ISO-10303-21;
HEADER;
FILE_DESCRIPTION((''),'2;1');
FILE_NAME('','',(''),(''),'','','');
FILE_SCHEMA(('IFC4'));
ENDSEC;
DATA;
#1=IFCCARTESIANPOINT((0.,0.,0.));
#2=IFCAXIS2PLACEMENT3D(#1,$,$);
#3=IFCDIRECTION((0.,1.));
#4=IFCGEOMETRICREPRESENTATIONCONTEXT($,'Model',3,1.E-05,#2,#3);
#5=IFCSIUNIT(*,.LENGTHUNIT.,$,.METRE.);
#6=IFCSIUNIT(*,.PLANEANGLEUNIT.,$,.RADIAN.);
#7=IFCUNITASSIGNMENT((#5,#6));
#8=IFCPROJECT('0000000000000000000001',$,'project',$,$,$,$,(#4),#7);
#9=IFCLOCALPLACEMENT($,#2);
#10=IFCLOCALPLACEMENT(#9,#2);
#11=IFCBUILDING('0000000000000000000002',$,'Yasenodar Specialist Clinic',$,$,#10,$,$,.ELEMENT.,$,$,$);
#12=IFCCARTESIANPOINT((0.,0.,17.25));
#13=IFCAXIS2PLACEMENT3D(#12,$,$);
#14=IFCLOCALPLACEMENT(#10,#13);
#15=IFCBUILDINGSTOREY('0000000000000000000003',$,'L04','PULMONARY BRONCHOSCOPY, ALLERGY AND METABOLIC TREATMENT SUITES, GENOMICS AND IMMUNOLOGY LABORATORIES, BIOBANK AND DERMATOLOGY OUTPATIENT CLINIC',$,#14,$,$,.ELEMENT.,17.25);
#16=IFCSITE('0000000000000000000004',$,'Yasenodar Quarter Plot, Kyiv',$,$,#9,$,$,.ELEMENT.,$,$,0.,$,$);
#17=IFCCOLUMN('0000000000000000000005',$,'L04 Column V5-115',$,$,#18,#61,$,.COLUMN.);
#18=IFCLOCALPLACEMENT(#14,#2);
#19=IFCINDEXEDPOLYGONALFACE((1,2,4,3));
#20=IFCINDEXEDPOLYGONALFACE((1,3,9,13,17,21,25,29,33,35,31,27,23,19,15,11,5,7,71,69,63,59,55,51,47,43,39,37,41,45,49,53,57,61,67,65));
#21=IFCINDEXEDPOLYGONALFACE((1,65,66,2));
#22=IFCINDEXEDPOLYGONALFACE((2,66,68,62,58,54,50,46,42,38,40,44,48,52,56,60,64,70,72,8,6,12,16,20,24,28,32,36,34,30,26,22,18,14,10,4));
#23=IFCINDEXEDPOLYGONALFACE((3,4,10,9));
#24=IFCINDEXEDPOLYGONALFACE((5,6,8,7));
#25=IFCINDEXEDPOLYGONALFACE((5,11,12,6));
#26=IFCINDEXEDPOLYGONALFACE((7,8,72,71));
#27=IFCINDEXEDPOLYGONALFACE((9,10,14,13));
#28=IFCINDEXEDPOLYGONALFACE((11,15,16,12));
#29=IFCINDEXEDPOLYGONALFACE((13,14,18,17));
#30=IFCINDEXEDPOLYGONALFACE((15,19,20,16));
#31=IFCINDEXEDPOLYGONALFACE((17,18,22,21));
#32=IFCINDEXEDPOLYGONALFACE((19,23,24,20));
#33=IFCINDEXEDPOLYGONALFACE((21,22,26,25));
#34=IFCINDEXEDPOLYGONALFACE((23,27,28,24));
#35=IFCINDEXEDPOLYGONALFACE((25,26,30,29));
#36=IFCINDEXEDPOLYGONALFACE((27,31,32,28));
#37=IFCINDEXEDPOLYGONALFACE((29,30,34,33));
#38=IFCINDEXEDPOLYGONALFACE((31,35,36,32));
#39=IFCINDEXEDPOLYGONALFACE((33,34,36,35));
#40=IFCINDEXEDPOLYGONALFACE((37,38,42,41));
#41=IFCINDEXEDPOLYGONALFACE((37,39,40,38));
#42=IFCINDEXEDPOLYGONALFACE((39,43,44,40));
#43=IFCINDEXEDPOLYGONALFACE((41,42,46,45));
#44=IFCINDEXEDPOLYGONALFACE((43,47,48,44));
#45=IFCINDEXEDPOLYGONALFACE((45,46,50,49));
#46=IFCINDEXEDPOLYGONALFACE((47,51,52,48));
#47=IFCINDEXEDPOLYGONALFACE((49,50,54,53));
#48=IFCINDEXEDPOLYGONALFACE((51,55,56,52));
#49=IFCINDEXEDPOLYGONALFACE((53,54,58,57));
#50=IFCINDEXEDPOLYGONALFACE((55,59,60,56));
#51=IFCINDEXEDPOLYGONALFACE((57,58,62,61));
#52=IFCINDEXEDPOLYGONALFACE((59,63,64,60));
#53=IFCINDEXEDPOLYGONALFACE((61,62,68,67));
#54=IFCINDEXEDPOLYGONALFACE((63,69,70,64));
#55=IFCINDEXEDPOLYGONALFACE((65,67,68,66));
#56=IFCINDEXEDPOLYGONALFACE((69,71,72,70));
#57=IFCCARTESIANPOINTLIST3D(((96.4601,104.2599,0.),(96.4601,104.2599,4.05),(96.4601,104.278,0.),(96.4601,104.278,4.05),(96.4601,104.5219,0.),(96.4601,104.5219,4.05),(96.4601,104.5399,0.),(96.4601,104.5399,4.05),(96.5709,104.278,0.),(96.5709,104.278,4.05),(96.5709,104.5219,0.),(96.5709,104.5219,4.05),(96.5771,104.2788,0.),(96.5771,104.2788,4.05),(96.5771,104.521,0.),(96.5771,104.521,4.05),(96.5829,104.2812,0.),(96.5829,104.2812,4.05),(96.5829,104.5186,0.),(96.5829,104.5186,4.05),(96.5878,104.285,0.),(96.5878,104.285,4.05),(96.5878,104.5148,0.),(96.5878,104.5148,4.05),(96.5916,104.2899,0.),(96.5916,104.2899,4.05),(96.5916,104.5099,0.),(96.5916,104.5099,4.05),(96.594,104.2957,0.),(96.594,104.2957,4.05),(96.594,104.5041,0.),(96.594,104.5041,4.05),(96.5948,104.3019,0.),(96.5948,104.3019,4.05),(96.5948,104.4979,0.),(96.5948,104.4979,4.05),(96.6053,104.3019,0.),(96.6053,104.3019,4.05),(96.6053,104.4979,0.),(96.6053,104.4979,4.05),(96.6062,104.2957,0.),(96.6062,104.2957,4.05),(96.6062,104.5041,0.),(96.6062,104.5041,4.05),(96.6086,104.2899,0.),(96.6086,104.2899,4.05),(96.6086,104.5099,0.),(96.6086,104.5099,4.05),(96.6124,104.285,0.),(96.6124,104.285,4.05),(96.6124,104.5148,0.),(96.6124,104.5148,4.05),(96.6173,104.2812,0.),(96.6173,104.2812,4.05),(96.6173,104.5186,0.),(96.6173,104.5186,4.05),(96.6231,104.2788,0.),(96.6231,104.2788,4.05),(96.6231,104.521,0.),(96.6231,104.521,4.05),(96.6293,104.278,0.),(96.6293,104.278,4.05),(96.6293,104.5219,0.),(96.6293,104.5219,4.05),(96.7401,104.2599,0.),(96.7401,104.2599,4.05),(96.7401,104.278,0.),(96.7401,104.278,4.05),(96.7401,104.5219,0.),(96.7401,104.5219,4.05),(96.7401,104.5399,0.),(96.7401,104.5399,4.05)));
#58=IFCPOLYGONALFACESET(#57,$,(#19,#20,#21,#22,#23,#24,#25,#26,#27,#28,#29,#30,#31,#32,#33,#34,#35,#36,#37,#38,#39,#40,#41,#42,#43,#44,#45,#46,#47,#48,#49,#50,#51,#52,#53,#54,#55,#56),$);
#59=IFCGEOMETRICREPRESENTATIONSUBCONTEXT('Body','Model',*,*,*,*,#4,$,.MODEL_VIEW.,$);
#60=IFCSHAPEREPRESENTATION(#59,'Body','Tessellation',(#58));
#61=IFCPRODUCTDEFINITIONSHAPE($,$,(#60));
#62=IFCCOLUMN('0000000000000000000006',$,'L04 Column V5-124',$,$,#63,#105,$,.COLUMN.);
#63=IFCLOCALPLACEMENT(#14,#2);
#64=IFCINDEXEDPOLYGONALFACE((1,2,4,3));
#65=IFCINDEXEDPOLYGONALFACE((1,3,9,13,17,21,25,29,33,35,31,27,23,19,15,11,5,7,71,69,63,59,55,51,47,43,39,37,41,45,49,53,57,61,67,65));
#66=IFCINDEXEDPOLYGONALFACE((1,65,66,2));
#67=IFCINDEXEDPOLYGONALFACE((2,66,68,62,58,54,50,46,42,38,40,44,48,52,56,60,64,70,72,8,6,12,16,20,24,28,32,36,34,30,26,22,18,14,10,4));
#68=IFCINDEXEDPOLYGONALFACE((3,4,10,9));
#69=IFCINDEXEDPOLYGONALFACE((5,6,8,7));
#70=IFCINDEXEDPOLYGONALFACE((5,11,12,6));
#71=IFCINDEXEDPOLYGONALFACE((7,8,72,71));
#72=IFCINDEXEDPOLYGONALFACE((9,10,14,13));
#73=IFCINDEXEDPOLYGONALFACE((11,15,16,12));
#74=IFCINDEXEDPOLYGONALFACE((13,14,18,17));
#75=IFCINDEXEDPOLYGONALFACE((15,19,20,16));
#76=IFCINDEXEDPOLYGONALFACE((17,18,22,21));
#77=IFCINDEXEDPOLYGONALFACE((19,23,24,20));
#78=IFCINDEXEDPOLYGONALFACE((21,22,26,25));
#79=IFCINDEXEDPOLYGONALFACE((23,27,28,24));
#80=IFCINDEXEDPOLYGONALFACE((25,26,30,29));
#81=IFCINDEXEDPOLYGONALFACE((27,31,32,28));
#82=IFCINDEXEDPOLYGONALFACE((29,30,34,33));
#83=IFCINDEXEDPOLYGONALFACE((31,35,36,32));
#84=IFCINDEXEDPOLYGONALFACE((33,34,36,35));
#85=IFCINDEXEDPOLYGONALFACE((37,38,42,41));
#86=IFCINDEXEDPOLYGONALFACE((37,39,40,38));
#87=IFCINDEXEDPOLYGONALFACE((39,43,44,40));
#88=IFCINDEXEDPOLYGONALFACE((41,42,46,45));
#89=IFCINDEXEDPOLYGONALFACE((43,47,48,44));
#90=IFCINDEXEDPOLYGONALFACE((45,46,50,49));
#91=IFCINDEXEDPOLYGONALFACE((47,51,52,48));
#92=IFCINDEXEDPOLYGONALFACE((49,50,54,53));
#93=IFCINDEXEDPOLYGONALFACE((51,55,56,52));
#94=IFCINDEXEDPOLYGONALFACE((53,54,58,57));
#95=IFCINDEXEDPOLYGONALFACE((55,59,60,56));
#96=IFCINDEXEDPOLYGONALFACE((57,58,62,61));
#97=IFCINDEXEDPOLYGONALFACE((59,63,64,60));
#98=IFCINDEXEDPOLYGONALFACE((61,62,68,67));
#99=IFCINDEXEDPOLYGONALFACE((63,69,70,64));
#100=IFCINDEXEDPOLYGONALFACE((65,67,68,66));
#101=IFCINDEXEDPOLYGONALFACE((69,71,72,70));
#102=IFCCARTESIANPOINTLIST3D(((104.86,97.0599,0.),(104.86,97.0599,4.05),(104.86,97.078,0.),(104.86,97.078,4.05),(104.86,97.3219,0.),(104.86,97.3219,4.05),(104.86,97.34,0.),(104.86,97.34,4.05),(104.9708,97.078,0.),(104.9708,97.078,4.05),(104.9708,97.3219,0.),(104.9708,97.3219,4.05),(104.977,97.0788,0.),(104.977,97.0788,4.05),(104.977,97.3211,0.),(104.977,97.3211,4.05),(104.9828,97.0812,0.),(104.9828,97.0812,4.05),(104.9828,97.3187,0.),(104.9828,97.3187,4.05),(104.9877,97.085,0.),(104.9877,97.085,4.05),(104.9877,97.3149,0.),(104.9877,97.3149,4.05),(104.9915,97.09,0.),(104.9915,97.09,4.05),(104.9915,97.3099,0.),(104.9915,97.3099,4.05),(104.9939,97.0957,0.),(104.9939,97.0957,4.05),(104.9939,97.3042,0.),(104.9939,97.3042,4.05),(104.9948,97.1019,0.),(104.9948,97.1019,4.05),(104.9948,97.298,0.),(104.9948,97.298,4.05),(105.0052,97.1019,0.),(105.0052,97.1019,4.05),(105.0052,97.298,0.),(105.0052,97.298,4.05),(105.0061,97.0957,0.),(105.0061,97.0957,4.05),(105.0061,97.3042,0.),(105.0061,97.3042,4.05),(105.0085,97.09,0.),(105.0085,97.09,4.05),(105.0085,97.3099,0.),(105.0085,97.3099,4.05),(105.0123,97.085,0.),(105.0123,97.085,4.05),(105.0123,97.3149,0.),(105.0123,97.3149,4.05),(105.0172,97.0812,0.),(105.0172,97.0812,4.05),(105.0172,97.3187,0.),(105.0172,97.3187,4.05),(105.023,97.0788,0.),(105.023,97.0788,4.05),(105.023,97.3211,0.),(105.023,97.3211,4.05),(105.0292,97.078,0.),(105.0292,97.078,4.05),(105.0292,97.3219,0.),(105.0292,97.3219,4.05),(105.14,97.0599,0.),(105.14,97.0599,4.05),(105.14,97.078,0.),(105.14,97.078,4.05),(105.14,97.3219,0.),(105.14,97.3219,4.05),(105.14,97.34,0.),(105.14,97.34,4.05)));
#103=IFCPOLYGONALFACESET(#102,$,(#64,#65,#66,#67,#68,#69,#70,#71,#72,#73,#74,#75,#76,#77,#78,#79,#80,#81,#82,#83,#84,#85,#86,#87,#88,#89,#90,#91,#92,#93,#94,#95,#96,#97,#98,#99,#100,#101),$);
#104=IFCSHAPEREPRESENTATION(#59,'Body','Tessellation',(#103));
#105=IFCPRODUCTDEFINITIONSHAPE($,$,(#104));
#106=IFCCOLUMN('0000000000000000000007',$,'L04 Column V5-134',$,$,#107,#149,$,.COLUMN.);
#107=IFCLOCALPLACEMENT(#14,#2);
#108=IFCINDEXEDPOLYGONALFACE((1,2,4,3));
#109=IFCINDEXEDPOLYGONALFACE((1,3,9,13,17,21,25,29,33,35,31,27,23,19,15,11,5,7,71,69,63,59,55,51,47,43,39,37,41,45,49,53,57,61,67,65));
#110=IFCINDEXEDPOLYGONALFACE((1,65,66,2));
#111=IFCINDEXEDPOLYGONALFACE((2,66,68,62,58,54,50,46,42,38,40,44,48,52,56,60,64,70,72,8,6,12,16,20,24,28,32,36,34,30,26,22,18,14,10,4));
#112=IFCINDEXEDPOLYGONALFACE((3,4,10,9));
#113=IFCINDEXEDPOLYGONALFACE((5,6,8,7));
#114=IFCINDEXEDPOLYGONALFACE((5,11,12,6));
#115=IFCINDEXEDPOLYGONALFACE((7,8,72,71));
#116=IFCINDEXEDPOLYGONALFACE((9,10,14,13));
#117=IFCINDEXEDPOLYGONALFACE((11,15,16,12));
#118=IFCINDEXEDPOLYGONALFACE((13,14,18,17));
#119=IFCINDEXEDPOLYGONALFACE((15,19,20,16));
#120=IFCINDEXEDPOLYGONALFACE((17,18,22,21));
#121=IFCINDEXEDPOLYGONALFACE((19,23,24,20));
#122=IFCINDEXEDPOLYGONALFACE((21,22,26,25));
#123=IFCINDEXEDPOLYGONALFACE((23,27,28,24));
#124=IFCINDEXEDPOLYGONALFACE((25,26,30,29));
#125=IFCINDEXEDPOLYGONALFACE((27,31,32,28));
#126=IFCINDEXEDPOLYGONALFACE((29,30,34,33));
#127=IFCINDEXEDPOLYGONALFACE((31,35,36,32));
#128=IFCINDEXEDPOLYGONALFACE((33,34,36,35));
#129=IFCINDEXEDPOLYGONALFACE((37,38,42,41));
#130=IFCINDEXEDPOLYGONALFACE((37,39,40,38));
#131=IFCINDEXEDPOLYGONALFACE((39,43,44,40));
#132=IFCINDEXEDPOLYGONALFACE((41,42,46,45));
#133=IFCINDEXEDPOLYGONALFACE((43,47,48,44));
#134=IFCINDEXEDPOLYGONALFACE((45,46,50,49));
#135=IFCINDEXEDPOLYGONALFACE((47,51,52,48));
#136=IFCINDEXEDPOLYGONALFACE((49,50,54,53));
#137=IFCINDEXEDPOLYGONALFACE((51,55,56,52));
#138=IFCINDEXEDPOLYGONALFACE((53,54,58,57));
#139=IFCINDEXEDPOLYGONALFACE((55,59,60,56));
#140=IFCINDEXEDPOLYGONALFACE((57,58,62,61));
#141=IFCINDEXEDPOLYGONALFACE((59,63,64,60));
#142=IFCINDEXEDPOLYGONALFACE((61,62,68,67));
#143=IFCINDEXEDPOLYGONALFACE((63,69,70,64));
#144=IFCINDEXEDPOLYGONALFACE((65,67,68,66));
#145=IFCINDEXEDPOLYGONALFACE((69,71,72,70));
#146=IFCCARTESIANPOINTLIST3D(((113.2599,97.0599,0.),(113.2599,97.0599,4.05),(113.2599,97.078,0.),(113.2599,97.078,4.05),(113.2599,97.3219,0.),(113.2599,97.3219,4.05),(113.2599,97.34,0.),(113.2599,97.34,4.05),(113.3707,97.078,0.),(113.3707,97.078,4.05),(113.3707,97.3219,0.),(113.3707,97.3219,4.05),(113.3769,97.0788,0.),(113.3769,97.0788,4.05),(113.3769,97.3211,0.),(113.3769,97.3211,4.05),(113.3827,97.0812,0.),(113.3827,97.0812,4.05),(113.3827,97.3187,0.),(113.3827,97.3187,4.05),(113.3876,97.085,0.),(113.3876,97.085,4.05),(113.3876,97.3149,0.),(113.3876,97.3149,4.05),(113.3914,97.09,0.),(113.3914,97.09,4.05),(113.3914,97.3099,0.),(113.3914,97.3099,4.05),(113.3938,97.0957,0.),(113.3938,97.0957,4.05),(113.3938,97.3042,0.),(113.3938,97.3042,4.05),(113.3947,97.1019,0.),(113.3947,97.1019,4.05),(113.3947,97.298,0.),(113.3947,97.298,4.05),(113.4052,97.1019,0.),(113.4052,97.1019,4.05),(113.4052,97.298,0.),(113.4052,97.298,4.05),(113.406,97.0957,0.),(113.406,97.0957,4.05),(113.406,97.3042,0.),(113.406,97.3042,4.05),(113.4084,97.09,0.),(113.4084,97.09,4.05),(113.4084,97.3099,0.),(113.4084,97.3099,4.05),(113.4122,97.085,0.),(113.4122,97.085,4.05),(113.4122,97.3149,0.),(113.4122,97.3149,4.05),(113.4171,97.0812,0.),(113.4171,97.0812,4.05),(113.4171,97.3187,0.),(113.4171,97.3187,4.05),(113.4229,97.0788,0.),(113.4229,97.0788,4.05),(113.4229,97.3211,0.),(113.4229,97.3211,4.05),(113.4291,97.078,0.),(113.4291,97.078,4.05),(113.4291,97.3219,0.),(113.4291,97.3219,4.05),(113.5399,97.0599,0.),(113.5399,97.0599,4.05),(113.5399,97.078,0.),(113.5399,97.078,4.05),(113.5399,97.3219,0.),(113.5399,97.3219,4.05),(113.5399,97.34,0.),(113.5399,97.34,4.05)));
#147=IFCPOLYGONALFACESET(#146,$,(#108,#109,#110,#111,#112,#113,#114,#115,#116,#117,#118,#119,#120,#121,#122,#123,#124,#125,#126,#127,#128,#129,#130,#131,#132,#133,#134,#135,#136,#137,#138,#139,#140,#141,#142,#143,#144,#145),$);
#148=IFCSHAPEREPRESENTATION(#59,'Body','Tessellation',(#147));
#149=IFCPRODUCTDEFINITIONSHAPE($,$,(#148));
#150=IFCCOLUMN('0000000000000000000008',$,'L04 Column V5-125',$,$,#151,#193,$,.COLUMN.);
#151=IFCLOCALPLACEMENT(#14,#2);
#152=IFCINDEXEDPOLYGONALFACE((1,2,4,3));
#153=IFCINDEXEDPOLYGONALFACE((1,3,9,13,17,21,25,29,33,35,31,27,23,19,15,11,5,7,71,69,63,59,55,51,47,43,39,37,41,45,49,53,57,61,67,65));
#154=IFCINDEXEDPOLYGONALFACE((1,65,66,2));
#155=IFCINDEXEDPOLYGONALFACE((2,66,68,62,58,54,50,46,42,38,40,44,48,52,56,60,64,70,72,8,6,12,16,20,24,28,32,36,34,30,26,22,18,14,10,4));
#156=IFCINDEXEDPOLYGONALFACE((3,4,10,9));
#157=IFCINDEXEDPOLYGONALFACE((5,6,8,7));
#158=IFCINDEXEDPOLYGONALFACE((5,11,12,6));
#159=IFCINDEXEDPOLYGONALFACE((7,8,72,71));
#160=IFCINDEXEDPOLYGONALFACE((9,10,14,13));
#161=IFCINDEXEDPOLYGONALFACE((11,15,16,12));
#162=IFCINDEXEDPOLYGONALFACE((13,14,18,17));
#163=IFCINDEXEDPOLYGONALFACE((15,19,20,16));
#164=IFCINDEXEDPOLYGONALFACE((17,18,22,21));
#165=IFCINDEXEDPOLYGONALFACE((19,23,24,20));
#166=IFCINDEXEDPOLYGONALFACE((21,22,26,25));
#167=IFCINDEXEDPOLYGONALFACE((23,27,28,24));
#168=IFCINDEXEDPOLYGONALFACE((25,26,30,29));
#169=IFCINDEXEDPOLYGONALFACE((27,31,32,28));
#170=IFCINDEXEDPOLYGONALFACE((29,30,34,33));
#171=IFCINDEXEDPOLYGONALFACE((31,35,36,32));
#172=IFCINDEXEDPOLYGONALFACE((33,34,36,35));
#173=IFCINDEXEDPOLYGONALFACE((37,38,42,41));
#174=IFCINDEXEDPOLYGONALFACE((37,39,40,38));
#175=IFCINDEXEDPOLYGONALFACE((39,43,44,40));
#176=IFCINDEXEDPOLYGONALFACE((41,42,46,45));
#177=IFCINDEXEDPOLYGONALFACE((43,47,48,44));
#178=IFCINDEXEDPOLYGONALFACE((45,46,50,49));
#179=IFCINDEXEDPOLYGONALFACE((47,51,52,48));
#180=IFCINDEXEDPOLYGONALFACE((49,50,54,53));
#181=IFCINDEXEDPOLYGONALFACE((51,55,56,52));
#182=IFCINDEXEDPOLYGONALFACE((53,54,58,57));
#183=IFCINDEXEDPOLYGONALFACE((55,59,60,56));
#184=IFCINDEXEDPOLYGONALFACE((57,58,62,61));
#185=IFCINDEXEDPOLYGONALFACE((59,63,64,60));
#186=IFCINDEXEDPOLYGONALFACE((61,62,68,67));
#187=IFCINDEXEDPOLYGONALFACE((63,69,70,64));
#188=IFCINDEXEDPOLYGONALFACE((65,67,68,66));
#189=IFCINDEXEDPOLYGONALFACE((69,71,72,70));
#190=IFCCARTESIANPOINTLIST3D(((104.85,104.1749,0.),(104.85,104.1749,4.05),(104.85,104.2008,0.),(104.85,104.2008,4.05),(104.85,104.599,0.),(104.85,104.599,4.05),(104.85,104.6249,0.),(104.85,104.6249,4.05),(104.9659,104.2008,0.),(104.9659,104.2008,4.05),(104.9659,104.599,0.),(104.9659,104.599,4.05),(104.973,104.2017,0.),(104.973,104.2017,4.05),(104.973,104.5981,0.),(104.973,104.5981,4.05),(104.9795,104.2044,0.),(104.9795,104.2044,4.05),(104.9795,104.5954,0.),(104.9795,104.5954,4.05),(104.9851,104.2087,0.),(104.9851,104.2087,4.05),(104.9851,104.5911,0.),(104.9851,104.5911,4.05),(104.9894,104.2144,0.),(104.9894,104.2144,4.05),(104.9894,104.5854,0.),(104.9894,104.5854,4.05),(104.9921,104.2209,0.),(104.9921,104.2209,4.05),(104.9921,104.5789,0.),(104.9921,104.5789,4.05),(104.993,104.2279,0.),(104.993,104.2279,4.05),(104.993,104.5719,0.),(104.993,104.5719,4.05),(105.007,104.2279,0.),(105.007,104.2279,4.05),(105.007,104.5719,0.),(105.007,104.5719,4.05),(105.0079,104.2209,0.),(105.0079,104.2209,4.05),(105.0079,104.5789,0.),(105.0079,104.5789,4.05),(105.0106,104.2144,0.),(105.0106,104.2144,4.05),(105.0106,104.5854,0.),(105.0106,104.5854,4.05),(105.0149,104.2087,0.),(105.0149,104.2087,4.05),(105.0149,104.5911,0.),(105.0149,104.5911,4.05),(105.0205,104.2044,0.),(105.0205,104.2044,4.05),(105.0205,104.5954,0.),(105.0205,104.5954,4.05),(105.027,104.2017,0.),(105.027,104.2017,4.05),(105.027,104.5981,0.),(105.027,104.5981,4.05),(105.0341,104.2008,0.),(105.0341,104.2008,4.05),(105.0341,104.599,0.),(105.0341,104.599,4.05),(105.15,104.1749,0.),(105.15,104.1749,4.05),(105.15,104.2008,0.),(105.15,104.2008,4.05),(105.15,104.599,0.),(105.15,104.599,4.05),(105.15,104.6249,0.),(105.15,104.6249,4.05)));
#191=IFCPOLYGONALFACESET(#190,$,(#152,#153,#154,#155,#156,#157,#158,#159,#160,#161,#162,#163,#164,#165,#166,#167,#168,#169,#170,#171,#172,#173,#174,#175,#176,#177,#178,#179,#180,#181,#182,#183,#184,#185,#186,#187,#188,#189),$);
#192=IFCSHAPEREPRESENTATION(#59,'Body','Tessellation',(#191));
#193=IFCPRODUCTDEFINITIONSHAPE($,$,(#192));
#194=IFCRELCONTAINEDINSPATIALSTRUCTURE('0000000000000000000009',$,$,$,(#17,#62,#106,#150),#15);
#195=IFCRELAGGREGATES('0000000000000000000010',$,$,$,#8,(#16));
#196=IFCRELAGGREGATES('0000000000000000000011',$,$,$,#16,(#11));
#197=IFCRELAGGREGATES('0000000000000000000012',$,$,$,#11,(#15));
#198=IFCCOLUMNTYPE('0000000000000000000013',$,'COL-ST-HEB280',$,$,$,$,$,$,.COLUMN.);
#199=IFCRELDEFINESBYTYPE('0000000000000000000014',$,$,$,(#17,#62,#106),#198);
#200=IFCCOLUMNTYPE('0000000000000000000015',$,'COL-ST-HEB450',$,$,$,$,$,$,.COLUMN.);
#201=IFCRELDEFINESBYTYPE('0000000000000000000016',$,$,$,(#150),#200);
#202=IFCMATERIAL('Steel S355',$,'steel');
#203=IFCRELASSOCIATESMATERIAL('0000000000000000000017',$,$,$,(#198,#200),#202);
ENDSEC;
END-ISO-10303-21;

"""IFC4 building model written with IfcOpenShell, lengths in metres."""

from ifc_helpers import new_model, si_unit, direction, frame, origin, origin_2d, place, context, subcontext, project, spatial, i_section, extrude, material, material_profile, profile_set, type_object, element, save


model = new_model("IFC4")

# Units and contexts
model_context = context("Model", 3, precision=1e-05, world=origin(), true_north=direction((0.0, 1.0)))
body_context = subcontext(model_context, "Body", "Model", "MODEL_VIEW")
ifc_project = project(units=[si_unit("LENGTHUNIT", "METRE"), si_unit("PLANEANGLEUNIT", "RADIAN")], contexts=[model_context])

# Site, building, storey
site_placement = place(None, origin())
site = spatial("IfcSite", under=ifc_project, at=site_placement, Name="Yasenodar Quarter Plot, Kyiv", CompositionType="ELEMENT", RefElevation=0.0)
building_placement = place(site_placement, origin())
building = spatial("IfcBuilding", under=site, at=building_placement, Name="Yasenodar Specialist Clinic", CompositionType="ELEMENT")
storey_placement = place(building_placement, frame((0.0, 0.0, 17.25)))
storey = spatial("IfcBuildingStorey", under=building, at=storey_placement, Name="L04", Description="PULMONARY BRONCHOSCOPY, ALLERGY AND METABOLIC TREATMENT SUITES, GENOMICS AND IMMUNOLOGY LABORATORIES, BIOBANK AND DERMATOLOGY OUTPATIENT CLINIC", CompositionType="ELEMENT", Elevation=17.25)

# Columns
ifc_material_1 = material(Name="Steel S355", Category="steel")
ifc_material_profile_1 = material_profile(ifc_material_1, i_section(OverallWidth=0.28, OverallDepth=0.28, WebThickness=0.0105, FlangeThickness=0.0181, FilletRadius=0.0239, at=origin_2d()), Name="HEB 280")
ifc_profile_set_1 = profile_set([ifc_material_profile_1], Name="Steel S355")
column_type_1 = type_object("IfcColumnType", Name="COL-ST-HEB280", PredefinedType="COLUMN", material=ifc_profile_set_1)
for number, where, z_axis, x_axis, name in (
    (1, (96.6001, 104.3999, 0.0), (0.0, 0.0, 1.0), (1.0, 0.0, 0.0), "L04 Column V5-115"),
    (2, (105.0, 97.2, 0.0), (0.0, 0.0, 1.0), (1.0, 0.0, 0.0), "L04 Column V5-124"),
    (3, (113.3999, 97.2, 0.0), (0.0, 0.0, 1.0), (1.0, 0.0, 0.0), "L04 Column V5-134"),
):
    element("IfcColumn", number, at=place(storey_placement, frame(where, z_axis=z_axis, x_axis=x_axis)), inside=storey, type_object=column_type_1, Name=name, PredefinedType="COLUMN", context=body_context, shape_type="SweptSolid", body=[
        extrude(i_section(OverallWidth=0.28, OverallDepth=0.28, WebThickness=0.0105, FlangeThickness=0.0181, FilletRadius=0.0239, at=origin_2d()), origin(), (0.0, 0.0, 1.0), 4.05),
    ])
ifc_material_profile_2 = material_profile(ifc_material_1, i_section(OverallWidth=0.3, OverallDepth=0.45, WebThickness=0.0139, FlangeThickness=0.0259, FilletRadius=0.0271, at=origin_2d()), Name="HEB 450")
ifc_profile_set_2 = profile_set([ifc_material_profile_2], Name="Steel S355")
column_type_2 = type_object("IfcColumnType", Name="COL-ST-HEB450", PredefinedType="COLUMN", material=ifc_profile_set_2)
column_placement = place(storey_placement, frame((105.0, 104.3999, 0.0), z_axis=(0.0, 0.0, 1.0), x_axis=(1.0, 0.0, 0.0)))
element("IfcColumn", 4, at=column_placement, inside=storey, type_object=column_type_2, Name="L04 Column V5-125", PredefinedType="COLUMN", context=body_context, shape_type="SweptSolid", body=[
    extrude(i_section(OverallWidth=0.3, OverallDepth=0.45, WebThickness=0.0139, FlangeThickness=0.0259, FilletRadius=0.0271, at=origin_2d()), origin(), (0.0, 0.0, 1.0), 4.05),
])

save(model, "model.ifc")
